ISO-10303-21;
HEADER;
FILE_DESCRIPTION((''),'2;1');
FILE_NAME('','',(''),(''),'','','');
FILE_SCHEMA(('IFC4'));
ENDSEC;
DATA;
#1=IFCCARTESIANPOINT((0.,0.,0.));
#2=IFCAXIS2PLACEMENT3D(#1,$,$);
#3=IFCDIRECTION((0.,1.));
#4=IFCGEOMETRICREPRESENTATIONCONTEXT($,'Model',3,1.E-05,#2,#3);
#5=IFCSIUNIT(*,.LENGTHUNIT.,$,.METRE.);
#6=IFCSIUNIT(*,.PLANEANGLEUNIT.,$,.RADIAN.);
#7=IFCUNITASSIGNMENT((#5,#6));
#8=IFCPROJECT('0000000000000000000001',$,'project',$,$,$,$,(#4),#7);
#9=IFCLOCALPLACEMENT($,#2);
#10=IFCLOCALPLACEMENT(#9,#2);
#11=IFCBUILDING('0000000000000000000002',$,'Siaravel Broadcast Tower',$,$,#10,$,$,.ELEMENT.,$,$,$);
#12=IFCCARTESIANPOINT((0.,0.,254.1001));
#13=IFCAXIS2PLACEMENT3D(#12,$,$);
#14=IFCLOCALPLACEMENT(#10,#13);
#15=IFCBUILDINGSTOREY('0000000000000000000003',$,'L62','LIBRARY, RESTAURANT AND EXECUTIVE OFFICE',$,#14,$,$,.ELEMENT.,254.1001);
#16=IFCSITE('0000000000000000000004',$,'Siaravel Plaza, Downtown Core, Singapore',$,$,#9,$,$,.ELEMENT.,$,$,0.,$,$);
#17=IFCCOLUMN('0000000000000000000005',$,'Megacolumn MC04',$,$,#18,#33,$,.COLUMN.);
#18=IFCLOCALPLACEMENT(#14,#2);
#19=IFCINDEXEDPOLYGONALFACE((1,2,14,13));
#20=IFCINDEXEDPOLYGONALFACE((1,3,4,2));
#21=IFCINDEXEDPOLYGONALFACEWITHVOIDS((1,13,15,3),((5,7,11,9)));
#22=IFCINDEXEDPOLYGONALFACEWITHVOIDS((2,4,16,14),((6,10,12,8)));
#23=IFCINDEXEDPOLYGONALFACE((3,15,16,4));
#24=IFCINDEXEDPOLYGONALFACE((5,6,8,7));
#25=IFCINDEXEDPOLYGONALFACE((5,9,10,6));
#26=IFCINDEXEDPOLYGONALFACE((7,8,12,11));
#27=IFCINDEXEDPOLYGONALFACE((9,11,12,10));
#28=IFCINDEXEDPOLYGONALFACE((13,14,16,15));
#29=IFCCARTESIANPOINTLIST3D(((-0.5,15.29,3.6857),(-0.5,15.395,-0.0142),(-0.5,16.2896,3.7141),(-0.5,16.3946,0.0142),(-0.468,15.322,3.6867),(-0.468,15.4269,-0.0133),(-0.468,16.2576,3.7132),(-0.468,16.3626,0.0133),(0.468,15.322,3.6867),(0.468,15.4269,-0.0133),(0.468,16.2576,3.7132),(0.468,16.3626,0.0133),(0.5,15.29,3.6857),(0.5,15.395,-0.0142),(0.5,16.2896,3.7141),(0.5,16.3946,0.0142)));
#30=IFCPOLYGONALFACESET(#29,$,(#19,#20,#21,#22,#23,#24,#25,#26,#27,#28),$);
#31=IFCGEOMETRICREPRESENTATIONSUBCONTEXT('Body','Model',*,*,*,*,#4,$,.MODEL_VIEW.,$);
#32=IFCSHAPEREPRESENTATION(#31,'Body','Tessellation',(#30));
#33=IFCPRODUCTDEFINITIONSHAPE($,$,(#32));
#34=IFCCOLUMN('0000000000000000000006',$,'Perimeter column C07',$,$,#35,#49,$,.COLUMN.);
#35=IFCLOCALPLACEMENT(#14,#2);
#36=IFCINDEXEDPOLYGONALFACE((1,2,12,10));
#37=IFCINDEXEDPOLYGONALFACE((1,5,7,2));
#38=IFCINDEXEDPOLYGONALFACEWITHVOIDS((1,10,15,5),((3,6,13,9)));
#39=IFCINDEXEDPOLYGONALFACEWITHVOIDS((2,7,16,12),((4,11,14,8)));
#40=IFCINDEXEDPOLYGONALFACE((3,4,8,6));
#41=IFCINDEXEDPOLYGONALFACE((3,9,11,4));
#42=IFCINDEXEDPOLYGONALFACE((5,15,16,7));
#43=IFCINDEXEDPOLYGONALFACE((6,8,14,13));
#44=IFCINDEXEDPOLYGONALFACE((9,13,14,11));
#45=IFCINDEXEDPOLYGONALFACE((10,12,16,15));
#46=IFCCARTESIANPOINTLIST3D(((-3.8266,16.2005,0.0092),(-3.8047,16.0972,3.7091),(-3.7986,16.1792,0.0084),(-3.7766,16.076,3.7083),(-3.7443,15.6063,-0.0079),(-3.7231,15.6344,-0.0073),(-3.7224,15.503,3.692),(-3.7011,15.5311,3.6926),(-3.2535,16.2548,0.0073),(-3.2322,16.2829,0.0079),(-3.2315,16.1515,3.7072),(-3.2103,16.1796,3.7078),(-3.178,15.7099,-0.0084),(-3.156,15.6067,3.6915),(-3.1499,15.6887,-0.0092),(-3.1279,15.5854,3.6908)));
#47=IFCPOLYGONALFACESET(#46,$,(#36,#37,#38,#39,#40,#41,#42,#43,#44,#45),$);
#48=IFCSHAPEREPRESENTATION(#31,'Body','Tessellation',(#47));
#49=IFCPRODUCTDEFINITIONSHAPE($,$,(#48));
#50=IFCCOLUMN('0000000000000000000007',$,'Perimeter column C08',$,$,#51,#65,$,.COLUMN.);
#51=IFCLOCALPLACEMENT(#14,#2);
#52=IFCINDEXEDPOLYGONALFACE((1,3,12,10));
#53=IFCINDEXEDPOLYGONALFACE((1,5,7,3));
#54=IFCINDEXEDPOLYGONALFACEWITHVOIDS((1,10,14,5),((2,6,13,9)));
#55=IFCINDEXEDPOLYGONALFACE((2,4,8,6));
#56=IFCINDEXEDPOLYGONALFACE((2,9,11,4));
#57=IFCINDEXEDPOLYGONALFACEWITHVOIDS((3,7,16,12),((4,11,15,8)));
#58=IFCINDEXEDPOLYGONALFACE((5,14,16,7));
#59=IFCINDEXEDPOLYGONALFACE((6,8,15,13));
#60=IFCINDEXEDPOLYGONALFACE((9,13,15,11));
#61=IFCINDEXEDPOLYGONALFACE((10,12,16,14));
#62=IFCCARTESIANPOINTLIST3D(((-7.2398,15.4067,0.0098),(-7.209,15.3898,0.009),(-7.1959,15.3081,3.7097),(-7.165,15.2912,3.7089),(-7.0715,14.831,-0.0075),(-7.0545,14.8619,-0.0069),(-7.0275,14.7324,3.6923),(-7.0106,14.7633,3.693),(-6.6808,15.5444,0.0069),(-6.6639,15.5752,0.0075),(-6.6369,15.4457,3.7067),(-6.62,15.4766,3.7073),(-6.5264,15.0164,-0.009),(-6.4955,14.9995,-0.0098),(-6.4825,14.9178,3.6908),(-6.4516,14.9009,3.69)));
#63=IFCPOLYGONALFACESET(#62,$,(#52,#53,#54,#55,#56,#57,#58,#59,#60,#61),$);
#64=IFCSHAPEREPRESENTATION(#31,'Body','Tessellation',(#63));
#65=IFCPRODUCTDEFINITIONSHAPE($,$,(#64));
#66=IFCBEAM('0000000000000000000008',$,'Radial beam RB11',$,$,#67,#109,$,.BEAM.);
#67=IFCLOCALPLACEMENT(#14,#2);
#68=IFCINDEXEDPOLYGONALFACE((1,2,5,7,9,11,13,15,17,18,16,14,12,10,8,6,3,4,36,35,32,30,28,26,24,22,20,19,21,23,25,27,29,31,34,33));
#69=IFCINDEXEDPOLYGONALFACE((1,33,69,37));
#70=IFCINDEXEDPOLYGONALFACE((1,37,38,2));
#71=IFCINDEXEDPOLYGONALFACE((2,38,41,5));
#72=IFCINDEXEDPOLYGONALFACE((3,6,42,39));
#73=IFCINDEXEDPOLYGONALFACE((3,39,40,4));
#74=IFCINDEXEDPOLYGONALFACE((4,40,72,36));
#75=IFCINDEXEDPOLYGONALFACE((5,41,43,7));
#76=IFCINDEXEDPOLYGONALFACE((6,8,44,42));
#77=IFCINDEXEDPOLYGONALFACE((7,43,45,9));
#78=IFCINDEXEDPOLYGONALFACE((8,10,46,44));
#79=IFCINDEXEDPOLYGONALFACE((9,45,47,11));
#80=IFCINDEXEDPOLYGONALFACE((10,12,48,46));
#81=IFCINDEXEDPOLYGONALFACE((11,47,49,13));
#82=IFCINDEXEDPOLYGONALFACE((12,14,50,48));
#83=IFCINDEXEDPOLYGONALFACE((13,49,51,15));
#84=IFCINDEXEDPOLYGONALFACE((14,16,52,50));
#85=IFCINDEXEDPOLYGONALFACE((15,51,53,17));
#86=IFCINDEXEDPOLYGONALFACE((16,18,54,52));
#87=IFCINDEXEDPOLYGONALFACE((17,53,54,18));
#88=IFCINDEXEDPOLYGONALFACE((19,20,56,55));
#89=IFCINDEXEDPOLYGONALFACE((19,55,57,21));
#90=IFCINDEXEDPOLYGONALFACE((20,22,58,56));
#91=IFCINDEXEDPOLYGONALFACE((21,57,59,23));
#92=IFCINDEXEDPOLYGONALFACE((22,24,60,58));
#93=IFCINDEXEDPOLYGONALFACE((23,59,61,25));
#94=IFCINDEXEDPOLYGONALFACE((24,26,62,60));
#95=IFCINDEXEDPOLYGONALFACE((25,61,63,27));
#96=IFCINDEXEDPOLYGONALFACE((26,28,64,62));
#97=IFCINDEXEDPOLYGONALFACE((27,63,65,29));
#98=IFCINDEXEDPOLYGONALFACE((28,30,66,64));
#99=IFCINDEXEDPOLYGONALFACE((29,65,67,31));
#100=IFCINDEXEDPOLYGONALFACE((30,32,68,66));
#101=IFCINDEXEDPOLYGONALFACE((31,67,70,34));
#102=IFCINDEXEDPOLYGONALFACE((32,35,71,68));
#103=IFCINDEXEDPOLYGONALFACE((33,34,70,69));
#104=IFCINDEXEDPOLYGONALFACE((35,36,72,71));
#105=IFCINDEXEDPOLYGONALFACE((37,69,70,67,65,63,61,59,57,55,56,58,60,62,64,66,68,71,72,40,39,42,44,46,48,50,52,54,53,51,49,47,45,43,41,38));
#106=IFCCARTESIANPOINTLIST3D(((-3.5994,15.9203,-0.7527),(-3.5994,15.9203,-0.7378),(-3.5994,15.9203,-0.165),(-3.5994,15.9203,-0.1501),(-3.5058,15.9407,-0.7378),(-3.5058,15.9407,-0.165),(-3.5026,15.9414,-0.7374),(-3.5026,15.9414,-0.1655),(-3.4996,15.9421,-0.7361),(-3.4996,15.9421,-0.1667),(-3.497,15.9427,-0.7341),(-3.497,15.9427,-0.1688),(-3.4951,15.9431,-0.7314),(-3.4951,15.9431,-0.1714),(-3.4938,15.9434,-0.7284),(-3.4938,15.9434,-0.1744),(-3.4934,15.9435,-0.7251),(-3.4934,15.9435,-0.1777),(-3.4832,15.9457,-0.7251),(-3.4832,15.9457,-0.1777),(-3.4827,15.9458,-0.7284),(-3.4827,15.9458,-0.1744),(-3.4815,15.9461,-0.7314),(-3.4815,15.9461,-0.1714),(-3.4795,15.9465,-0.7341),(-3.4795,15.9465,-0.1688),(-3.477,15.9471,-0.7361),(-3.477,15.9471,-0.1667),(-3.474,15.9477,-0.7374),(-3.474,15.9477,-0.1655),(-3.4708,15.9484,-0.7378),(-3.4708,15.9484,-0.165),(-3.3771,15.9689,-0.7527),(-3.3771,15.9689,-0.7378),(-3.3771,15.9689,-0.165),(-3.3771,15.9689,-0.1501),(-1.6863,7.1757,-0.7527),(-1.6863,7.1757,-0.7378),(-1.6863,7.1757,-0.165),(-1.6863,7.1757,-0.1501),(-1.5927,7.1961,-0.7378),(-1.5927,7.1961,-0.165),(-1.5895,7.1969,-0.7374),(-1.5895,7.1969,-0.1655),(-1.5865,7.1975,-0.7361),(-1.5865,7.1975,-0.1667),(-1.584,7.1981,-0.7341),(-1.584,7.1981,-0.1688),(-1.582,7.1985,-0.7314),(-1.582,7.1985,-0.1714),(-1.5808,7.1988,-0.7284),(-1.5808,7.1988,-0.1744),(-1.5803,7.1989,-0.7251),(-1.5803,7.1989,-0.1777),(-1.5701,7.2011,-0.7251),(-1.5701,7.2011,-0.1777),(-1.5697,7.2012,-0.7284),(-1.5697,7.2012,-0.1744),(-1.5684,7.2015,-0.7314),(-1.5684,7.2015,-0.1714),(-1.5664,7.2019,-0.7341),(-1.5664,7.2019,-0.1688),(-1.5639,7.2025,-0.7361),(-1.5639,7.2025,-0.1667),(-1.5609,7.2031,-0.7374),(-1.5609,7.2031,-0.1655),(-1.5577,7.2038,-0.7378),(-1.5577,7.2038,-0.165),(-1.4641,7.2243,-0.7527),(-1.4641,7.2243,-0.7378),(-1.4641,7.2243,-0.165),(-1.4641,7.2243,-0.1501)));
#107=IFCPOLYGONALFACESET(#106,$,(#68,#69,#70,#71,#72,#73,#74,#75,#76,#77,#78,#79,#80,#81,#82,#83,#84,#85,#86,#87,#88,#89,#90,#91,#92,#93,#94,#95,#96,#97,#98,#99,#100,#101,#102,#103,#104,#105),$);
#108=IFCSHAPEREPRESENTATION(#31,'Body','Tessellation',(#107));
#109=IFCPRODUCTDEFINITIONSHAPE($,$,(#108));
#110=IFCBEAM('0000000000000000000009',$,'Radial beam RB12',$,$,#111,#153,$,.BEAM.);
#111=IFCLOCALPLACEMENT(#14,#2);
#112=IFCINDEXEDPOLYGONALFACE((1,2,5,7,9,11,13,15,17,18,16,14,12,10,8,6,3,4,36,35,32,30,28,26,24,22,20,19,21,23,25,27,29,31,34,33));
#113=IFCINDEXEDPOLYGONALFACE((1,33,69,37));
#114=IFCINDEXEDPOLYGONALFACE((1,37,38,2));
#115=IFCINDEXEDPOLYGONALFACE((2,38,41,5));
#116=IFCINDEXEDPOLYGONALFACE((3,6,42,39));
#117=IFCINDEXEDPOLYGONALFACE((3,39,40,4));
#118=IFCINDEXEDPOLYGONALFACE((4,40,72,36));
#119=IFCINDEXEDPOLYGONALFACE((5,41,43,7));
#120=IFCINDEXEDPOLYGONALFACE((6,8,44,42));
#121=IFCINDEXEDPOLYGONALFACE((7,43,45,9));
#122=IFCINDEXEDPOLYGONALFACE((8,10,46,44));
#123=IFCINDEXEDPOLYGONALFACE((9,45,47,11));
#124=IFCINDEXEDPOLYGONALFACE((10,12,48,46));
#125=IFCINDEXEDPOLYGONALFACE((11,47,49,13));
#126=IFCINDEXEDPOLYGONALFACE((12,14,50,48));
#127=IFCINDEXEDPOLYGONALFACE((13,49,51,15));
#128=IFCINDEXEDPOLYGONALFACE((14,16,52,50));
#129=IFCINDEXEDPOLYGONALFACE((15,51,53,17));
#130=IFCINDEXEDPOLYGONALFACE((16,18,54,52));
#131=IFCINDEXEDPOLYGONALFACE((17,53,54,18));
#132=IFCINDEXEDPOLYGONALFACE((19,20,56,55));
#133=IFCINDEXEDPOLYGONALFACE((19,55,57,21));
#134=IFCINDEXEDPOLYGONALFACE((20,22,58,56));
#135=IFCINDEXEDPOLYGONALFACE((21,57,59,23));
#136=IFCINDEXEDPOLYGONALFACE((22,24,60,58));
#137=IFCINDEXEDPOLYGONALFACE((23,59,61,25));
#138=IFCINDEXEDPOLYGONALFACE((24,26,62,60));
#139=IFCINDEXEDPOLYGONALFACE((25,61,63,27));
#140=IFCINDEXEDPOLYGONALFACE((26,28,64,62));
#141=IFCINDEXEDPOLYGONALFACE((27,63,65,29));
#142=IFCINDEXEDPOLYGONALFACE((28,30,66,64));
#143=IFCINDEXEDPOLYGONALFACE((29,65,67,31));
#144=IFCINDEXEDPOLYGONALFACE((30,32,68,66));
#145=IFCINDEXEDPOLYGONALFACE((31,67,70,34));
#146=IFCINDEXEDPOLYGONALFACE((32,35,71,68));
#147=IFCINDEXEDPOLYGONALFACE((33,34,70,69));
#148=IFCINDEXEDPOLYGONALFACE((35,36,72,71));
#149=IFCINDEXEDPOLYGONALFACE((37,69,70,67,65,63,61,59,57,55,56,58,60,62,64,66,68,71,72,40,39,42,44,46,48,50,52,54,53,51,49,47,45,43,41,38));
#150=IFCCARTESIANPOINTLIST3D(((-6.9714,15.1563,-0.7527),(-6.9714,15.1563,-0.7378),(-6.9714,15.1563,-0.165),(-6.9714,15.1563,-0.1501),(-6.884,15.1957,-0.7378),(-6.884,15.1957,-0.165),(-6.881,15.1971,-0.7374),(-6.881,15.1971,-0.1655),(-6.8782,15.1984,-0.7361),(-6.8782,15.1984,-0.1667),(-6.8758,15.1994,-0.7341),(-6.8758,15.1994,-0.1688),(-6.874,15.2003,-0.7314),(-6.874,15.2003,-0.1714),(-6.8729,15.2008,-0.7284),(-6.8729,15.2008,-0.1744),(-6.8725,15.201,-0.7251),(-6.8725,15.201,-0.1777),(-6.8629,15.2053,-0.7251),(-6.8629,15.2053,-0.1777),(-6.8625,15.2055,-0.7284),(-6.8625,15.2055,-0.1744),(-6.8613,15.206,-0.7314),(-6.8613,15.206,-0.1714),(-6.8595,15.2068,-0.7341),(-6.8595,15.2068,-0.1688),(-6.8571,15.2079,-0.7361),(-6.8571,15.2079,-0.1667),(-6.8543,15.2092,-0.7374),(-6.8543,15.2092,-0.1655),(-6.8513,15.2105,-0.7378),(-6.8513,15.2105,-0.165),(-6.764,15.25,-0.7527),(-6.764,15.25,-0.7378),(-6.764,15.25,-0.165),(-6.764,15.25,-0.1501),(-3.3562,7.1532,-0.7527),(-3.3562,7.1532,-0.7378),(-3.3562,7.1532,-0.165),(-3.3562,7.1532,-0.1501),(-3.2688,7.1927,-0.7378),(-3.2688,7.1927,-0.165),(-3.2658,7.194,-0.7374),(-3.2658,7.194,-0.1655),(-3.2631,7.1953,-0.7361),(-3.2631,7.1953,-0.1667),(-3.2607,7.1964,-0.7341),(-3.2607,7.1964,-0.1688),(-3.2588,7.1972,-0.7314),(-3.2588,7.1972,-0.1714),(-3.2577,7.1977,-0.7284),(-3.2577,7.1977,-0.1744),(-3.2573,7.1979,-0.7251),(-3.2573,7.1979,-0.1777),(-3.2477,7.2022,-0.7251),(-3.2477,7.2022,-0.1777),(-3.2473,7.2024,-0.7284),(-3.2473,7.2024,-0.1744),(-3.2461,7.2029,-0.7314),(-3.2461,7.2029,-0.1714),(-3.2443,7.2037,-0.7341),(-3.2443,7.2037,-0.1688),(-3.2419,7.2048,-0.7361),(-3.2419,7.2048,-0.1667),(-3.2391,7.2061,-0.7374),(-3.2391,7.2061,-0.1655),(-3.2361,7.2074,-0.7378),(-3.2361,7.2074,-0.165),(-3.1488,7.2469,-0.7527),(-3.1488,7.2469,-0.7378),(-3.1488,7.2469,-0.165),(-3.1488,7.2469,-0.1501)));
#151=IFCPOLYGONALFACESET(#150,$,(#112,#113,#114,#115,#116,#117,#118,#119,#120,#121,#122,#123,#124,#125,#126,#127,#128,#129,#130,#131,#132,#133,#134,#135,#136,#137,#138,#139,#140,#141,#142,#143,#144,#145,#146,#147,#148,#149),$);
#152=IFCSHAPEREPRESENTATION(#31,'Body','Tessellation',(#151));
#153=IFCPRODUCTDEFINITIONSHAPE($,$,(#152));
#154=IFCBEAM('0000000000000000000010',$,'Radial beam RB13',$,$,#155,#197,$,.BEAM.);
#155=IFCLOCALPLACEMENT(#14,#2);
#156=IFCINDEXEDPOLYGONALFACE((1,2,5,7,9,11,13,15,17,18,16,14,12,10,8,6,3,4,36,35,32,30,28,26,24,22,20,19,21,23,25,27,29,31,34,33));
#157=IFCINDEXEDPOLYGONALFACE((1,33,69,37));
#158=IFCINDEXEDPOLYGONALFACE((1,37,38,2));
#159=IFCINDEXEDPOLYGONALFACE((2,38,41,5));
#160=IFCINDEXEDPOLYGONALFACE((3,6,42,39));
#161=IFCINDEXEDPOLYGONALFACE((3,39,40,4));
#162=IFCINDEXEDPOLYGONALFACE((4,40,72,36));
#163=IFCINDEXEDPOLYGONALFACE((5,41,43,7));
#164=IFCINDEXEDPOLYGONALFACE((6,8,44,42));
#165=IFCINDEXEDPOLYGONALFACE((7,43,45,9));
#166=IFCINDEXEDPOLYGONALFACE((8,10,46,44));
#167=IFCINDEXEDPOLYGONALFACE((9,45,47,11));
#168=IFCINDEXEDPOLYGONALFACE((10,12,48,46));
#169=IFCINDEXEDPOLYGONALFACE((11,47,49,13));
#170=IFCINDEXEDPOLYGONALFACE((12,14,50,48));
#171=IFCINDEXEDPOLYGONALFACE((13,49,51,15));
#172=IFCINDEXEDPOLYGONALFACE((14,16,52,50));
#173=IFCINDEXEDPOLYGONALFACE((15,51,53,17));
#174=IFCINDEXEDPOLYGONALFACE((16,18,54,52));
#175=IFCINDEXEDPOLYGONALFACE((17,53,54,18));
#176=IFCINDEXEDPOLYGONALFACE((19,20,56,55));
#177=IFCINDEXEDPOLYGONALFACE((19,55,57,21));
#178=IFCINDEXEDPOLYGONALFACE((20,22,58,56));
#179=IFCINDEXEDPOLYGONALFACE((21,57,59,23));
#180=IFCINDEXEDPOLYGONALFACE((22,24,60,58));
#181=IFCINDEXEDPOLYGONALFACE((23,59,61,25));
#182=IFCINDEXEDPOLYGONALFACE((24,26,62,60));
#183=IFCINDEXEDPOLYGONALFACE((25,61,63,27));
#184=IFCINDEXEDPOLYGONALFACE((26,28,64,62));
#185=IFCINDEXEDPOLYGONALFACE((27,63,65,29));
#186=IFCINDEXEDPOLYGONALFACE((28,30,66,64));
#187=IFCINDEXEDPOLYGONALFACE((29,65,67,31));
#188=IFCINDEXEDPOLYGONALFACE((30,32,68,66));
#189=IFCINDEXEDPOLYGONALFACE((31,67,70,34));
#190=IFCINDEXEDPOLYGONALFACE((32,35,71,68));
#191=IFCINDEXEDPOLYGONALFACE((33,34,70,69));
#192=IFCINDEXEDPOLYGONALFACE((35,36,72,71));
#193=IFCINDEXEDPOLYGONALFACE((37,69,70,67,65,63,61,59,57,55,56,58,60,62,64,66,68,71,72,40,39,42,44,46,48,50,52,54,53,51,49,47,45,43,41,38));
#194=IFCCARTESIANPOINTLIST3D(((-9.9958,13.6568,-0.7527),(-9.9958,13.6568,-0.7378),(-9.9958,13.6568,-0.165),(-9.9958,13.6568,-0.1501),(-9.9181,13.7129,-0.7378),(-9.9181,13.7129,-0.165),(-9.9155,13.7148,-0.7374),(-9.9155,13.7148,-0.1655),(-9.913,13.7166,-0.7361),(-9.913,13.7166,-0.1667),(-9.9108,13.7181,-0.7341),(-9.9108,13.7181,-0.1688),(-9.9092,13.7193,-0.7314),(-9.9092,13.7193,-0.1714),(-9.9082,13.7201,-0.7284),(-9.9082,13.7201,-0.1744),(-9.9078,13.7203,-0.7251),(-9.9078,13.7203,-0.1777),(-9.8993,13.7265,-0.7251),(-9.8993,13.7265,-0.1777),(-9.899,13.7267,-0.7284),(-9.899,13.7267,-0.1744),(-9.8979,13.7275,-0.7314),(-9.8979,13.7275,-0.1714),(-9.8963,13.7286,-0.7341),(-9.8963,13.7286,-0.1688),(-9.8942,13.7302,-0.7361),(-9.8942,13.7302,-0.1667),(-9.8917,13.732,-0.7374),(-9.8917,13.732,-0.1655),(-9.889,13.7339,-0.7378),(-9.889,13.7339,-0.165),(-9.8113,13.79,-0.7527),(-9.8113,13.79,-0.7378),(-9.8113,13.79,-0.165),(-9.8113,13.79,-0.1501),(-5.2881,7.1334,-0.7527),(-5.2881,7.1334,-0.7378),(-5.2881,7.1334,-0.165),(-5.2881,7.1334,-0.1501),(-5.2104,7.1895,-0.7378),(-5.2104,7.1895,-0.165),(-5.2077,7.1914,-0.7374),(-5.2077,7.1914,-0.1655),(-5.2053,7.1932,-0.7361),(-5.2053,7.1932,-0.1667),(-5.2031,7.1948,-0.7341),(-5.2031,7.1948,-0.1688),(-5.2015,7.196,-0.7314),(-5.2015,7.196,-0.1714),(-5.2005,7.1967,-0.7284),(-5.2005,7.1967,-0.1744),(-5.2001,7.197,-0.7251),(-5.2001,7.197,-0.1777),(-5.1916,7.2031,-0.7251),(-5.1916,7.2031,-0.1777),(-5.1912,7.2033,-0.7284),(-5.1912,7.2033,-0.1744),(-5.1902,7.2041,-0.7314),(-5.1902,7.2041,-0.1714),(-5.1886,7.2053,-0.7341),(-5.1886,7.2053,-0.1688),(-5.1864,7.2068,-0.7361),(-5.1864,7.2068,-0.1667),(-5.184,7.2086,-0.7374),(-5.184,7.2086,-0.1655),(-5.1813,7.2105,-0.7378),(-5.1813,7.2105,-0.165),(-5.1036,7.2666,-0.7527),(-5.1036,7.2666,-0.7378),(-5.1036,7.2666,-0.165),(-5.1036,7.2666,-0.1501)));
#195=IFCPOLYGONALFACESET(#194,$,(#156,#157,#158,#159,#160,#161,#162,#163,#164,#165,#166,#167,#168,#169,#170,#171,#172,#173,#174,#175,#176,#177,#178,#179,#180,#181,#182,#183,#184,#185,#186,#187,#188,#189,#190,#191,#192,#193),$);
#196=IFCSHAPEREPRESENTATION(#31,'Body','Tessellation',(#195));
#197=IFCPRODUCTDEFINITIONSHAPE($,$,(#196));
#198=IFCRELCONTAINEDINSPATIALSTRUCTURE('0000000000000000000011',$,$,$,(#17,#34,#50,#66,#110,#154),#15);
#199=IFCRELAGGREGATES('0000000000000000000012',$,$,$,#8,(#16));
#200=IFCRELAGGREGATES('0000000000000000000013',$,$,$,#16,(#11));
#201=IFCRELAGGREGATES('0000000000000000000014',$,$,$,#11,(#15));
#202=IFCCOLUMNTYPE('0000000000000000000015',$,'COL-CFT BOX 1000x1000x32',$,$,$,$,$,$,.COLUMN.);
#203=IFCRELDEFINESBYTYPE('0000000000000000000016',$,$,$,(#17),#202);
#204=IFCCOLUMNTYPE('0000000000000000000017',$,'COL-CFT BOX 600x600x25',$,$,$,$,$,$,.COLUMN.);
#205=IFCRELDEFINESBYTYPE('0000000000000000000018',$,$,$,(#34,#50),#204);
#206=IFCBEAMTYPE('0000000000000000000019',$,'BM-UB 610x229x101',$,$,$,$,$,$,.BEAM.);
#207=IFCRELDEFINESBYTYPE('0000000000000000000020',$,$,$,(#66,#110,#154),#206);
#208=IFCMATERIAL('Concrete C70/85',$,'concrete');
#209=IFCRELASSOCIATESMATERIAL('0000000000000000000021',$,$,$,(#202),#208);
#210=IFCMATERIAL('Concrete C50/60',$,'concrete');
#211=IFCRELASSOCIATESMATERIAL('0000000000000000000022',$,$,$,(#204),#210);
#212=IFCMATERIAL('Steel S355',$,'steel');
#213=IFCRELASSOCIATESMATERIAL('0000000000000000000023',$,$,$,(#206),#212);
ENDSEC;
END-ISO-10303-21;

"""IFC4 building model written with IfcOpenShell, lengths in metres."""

from ifc_helpers import new_model, si_unit, direction, frame, origin, origin_2d, place, context, subcontext, project, spatial, hollow_rectangle, i_section, extrude, material, material_profile, profile_set, type_object, element, save


model = new_model("IFC4")

# Units and contexts
model_context = context("Model", 3, precision=1e-05, world=origin(), true_north=direction((0.0, 1.0)))
body_context = subcontext(model_context, "Body", "Model", "MODEL_VIEW")
ifc_project = project(units=[si_unit("LENGTHUNIT", "METRE"), si_unit("PLANEANGLEUNIT", "RADIAN")], contexts=[model_context])

# Site, building, storey
site_placement = place(None, origin())
site = spatial("IfcSite", under=ifc_project, at=site_placement, Name="Siaravel Plaza, Downtown Core, Singapore", CompositionType="ELEMENT", RefElevation=0.0)
building_placement = place(site_placement, origin())
building = spatial("IfcBuilding", under=site, at=building_placement, Name="Siaravel Broadcast Tower", CompositionType="ELEMENT")
storey_placement = place(building_placement, frame((0.0, 0.0, 254.1001)))
storey = spatial("IfcBuildingStorey", under=building, at=storey_placement, Name="L62", Description="LIBRARY, RESTAURANT AND EXECUTIVE OFFICE", CompositionType="ELEMENT", Elevation=254.1001)

# Columns
ifc_material_1 = material(Name="Concrete C70/85", Category="concrete")
ifc_material_profile_1 = material_profile(ifc_material_1, hollow_rectangle(XDim=1.0, YDim=1.0, WallThickness=0.032, at=origin_2d()))
ifc_profile_set_1 = profile_set([ifc_material_profile_1], Name="Concrete C70/85")
column_type_1 = type_object("IfcColumnType", Name="COL-CFT BOX 1000x1000x32", PredefinedType="COLUMN", material=ifc_profile_set_1)
column_placement = place(storey_placement, frame((0.0, 15.8948, 0.0), z_axis=(0.0, -0.028362, 0.999598), x_axis=(1.0, 0.0, 0.0)))
element("IfcColumn", 1, at=column_placement, inside=storey, type_object=column_type_1, Name="Megacolumn MC04", PredefinedType="COLUMN", context=body_context, shape_type="SweptSolid", body=[
    extrude(hollow_rectangle(XDim=1.0, YDim=1.0, WallThickness=0.032, at=origin_2d()), origin(), (0.0, 0.0, 1.0), 3.7014),
])
ifc_material_2 = material(Name="Concrete C50/60", Category="concrete")
ifc_material_profile_2 = material_profile(ifc_material_2, hollow_rectangle(XDim=0.6001, YDim=0.6001, WallThickness=0.0249, at=origin_2d()))
ifc_profile_set_2 = profile_set([ifc_material_profile_2], Name="Concrete C50/60")
column_type_2 = type_object("IfcColumnType", Name="COL-CFT BOX 600x600x25", PredefinedType="COLUMN", material=ifc_profile_set_2)
for number, where, z_axis, x_axis, name in (
    (2, (-3.4883, 15.9446, 0.0), (0.005936, -0.0279, 0.999593), (0.990529, 0.137291, -0.00205), "Perimeter column C07"),
    (3, (-6.8677, 15.2031, 0.0), (0.011872, -0.026647, 0.999574), (0.959752, 0.280821, -0.003913), "Perimeter column C08"),
):
    element("IfcColumn", number, at=place(storey_placement, frame(where, z_axis=z_axis, x_axis=x_axis)), inside=storey, type_object=column_type_2, Name=name, PredefinedType="COLUMN", context=body_context, shape_type="SweptSolid", body=[
        extrude(hollow_rectangle(XDim=0.6001, YDim=0.6001, WallThickness=0.0249, at=origin_2d()), origin(), (0.0, 0.0, 1.0), 3.7014),
    ])

# Beams
ifc_material_3 = material(Name="Steel S355", Category="steel")
ifc_material_profile_3 = material_profile(ifc_material_3, i_section(OverallWidth=0.2275, OverallDepth=0.6025, WebThickness=0.0105, FlangeThickness=0.0149, FilletRadius=0.0127, at=origin_2d()))
ifc_profile_set_3 = profile_set([ifc_material_profile_3], Name="Steel S355")
beam_type = type_object("IfcBeamType", Name="BM-UB 610x229x101", PredefinedType="BEAM", material=ifc_profile_set_3)
beam_1_placement = place(storey_placement, frame((-3.4883, 15.9446, -0.4514), z_axis=(0.213718, -0.976895, 0.0), x_axis=(0.976895, 0.213718, 0.0)))
element("IfcBeam", 4, at=beam_1_placement, inside=storey, type_object=beam_type, Name="Radial beam RB11", PredefinedType="BEAM", context=body_context, shape_type="SweptSolid", body=[
    extrude(i_section(OverallWidth=0.2275, OverallDepth=0.6025, WebThickness=0.0105, FlangeThickness=0.0149, FilletRadius=0.0127, at=origin_2d()), origin(), (0.0, 0.0, 1.0), 8.9514),
])
beam_2_placement = place(storey_placement, frame((-6.8677, 15.2031, -0.4514), z_axis=(0.411672, -0.911332, 0.0), x_axis=(0.911332, 0.411672, 0.0)))
element("IfcBeam", 5, at=beam_2_placement, inside=storey, type_object=beam_type, Name="Radial beam RB12", PredefinedType="BEAM", context=body_context, shape_type="SweptSolid", body=[
    extrude(i_section(OverallWidth=0.2275, OverallDepth=0.6025, WebThickness=0.0105, FlangeThickness=0.0149, FilletRadius=0.0127, at=origin_2d()), origin(), (0.0, 0.0, 1.0), 8.7817),
])
beam_3_placement = place(storey_placement, frame((-9.9036, 13.7234, -0.4514), z_axis=(0.585196, -0.810892, 0.0), x_axis=(0.810892, 0.585196, 0.0)))
element("IfcBeam", 6, at=beam_3_placement, inside=storey, type_object=beam_type, Name="Radial beam RB13", PredefinedType="BEAM", context=body_context, shape_type="SweptSolid", body=[
    extrude(i_section(OverallWidth=0.2275, OverallDepth=0.6025, WebThickness=0.0105, FlangeThickness=0.0149, FilletRadius=0.0127, at=origin_2d()), origin(), (0.0, 0.0, 1.0), 8.0447),
])

save(model, "model.ifc")
